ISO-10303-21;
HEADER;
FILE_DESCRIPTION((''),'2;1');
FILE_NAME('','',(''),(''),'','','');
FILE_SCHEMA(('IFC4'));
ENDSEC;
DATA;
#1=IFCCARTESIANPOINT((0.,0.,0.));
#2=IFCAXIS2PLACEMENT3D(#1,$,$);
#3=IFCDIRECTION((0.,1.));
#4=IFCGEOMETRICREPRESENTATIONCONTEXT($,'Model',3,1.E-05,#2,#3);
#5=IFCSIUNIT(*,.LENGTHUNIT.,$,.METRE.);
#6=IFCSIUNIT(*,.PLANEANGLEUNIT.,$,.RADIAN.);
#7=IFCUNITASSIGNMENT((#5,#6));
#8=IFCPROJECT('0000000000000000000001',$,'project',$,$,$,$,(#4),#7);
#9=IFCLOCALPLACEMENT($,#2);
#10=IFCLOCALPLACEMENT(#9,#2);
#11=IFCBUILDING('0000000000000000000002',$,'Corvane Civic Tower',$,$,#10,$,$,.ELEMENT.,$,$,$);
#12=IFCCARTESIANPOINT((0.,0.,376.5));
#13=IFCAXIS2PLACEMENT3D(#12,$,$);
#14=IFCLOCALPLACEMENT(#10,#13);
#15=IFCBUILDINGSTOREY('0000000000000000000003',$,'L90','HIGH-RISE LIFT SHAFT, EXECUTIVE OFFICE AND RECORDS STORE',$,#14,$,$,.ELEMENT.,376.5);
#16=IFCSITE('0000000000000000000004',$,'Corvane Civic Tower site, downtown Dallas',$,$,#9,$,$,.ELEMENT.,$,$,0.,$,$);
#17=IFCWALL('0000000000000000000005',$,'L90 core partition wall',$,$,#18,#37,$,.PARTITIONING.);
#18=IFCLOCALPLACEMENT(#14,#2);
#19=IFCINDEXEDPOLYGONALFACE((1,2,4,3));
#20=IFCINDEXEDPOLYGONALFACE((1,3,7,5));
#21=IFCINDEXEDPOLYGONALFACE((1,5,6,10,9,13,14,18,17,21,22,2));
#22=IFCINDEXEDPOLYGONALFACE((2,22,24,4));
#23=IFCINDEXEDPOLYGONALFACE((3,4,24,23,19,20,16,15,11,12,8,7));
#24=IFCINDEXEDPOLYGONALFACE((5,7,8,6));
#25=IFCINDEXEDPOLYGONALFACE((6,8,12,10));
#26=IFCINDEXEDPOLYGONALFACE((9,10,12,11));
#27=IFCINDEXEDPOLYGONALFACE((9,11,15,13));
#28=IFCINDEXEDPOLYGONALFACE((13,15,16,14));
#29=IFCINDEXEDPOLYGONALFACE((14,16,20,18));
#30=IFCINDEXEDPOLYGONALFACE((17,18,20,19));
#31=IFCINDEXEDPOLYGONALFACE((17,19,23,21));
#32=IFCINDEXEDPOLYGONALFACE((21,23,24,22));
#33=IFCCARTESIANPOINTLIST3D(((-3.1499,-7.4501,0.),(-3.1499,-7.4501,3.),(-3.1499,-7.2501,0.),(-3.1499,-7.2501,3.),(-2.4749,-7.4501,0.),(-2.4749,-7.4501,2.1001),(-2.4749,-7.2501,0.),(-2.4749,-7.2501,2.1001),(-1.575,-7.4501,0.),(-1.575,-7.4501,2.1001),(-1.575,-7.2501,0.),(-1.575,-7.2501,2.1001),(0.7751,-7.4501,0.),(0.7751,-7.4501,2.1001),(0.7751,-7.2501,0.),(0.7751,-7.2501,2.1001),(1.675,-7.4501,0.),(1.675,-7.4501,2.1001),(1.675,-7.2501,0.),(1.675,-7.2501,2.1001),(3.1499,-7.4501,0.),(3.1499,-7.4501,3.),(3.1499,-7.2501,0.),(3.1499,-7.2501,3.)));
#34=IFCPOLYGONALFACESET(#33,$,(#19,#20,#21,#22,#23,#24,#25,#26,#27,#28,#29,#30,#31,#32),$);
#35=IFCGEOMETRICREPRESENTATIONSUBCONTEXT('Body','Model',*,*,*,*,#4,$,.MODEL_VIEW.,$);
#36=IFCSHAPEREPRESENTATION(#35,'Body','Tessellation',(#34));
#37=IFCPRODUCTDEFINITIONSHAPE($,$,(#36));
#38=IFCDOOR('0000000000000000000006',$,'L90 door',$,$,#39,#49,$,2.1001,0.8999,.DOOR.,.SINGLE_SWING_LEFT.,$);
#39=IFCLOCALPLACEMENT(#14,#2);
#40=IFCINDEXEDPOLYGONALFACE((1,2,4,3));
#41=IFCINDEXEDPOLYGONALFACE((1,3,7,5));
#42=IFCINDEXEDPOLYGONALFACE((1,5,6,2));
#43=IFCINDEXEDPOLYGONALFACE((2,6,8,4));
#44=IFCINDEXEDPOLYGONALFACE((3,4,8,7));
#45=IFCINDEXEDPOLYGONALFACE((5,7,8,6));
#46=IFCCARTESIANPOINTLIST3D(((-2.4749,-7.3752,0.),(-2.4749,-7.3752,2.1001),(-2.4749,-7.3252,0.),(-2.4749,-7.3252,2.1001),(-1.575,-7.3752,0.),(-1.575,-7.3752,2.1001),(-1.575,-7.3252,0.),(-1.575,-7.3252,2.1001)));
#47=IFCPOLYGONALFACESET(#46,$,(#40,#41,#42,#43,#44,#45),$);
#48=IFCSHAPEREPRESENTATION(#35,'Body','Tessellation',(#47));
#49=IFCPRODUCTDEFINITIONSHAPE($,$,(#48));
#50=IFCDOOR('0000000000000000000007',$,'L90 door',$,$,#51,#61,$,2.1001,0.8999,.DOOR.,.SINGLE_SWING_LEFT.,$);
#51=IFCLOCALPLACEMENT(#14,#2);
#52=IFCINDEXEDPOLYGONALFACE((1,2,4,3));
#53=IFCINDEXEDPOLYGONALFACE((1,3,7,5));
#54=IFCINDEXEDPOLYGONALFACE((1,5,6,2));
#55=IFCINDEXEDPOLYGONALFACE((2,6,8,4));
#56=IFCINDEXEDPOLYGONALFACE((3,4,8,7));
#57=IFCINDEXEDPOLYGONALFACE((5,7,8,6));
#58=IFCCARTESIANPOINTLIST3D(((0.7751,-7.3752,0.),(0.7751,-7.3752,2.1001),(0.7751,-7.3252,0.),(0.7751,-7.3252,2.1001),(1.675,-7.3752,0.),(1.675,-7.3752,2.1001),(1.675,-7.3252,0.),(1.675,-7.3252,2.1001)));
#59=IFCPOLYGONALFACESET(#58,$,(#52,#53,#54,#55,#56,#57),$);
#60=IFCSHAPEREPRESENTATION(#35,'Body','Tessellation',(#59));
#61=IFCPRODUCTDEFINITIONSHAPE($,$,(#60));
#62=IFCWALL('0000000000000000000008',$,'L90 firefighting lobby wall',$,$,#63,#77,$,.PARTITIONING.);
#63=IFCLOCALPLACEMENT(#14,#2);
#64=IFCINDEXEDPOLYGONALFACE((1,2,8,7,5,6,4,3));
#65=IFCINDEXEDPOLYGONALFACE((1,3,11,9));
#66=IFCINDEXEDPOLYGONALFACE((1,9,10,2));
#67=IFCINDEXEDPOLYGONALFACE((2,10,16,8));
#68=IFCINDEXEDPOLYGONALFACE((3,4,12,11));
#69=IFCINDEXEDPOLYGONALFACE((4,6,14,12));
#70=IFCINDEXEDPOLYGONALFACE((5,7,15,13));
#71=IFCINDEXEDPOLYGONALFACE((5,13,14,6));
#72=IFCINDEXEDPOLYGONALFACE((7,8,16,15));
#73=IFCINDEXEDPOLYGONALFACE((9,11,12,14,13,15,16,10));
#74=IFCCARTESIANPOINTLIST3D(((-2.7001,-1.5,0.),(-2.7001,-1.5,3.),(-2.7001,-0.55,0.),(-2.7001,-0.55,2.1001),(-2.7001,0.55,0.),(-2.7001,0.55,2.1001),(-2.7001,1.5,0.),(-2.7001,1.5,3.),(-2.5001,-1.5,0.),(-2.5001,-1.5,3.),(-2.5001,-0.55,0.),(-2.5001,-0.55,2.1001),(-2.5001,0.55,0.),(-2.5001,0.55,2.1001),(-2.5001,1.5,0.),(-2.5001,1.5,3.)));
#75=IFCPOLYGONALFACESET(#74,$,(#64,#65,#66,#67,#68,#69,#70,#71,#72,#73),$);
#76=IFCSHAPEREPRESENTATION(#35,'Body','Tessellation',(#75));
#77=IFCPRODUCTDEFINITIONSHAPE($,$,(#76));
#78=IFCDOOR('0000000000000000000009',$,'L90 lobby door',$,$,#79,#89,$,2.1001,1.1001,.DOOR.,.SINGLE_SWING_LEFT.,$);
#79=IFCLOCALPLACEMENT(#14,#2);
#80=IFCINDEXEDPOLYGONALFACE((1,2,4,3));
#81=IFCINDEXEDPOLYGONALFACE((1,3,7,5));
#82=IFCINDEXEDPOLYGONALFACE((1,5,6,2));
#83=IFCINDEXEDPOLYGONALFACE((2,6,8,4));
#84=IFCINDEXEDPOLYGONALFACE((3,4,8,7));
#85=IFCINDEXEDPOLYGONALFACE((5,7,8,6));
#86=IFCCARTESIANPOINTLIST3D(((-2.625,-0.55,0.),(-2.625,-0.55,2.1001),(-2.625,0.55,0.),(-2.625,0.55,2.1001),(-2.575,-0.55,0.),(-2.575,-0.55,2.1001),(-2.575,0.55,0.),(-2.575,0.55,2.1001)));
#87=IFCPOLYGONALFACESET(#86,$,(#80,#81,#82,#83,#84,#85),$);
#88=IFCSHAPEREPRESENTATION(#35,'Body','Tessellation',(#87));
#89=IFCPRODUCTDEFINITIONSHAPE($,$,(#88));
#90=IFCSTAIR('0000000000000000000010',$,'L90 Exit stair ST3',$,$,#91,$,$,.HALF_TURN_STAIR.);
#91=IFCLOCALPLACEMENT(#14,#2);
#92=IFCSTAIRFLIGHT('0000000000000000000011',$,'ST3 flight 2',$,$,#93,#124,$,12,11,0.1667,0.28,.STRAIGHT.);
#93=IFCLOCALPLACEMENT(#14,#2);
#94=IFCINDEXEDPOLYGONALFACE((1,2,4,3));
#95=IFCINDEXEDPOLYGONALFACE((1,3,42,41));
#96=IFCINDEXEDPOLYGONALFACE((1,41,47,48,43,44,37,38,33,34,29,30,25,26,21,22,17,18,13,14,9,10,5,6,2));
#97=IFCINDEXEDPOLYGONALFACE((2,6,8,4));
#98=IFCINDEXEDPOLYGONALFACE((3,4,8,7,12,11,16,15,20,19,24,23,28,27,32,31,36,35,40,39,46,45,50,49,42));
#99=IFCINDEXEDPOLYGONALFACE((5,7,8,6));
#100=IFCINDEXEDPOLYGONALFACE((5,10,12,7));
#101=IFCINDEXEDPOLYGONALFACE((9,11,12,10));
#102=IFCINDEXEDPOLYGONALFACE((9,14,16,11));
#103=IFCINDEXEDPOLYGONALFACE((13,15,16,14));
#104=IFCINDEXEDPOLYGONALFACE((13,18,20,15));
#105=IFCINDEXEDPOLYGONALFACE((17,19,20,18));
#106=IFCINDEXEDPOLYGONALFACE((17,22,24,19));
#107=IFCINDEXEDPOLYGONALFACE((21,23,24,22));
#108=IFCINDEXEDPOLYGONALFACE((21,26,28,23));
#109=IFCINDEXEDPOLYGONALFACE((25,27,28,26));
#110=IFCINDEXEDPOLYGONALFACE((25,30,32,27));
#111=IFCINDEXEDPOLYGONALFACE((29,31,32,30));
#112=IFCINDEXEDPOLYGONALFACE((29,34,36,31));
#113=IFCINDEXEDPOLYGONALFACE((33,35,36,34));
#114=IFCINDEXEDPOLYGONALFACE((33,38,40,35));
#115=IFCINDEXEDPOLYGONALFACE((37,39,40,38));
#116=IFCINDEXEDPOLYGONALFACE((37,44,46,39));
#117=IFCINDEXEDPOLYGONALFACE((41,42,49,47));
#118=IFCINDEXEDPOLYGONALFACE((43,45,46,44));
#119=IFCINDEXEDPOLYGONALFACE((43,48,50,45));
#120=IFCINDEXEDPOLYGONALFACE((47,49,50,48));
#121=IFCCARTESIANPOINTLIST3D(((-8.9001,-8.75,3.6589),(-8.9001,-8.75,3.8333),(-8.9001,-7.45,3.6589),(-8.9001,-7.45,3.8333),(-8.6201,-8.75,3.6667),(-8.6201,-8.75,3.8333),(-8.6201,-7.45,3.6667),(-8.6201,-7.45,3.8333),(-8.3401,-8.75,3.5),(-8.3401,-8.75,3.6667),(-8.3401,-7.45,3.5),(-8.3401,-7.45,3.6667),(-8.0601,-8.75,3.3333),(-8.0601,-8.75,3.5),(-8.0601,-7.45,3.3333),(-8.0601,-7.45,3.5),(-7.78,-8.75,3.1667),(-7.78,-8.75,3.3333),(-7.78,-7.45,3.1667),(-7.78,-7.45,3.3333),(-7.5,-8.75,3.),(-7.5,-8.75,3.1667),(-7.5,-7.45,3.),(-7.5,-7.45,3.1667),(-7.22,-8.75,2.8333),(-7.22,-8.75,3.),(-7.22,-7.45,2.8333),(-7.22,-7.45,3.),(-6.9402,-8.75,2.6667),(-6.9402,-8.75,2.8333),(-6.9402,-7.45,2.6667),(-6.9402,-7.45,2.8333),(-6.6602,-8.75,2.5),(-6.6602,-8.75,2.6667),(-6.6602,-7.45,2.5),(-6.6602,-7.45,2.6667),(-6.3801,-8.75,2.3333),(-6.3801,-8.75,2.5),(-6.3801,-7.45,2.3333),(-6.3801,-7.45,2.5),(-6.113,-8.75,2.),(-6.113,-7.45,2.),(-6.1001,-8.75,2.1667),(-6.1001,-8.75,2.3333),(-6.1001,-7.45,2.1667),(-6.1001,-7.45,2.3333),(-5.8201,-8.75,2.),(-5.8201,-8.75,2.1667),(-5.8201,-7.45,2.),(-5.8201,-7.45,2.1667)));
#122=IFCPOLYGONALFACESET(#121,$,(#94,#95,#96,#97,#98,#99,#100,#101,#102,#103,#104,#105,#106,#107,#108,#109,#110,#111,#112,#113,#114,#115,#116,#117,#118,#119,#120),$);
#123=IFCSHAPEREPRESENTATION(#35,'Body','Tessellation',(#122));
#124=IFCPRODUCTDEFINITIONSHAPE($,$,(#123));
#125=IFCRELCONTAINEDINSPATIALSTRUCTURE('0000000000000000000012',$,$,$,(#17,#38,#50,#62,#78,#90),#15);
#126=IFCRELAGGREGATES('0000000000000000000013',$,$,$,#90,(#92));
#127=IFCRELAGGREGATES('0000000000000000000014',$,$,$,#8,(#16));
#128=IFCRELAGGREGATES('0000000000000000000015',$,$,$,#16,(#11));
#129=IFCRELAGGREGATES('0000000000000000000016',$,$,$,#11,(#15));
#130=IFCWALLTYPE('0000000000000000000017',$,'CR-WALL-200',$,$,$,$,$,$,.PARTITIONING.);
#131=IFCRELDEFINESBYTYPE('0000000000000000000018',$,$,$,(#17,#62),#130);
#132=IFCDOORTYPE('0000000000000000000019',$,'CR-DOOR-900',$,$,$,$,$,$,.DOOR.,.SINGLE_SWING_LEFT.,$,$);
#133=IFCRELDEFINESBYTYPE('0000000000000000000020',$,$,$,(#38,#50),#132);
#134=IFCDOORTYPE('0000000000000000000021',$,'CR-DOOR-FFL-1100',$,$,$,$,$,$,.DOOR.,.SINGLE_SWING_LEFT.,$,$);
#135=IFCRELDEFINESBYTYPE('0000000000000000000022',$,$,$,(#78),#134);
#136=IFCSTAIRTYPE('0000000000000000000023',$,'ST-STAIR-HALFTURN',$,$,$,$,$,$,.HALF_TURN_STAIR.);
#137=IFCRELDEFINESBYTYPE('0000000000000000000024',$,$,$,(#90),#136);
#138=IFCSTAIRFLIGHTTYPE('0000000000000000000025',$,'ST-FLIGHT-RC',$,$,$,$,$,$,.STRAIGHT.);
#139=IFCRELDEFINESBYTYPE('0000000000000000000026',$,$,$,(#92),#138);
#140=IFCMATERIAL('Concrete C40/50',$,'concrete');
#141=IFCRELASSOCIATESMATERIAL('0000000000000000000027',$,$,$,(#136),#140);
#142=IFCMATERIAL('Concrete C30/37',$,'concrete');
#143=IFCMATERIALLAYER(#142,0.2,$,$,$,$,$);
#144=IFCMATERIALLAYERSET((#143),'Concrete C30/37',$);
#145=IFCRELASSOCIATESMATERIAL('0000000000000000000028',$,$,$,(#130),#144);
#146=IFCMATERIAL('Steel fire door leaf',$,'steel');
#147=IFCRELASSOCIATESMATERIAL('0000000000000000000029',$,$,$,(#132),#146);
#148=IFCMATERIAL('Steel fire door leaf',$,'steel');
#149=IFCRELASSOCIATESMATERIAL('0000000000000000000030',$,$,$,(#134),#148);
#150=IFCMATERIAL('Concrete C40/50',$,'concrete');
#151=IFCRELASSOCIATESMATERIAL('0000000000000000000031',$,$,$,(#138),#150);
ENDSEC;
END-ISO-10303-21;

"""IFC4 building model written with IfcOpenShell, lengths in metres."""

from ifc_helpers import new_model, si_unit, direction, frame, frame_2d, origin, place, context, subcontext, project, spatial, polyline, rectangle, outline, extrude, material, layer, layer_set, type_object, element, fill, aggregate, save


model = new_model("IFC4")

# Units and contexts
model_context = context("Model", 3, precision=1e-05, world=origin(), true_north=direction((0.0, 1.0)))
body_context = subcontext(model_context, "Body", "Model", "MODEL_VIEW")
ifc_project = project(units=[si_unit("LENGTHUNIT", "METRE"), si_unit("PLANEANGLEUNIT", "RADIAN")], contexts=[model_context])

# Site, building, storey
site_placement = place(None, origin())
site = spatial("IfcSite", under=ifc_project, at=site_placement, Name="Corvane Civic Tower site, downtown Dallas", CompositionType="ELEMENT", RefElevation=0.0)
building_placement = place(site_placement, origin())
building = spatial("IfcBuilding", under=site, at=building_placement, Name="Corvane Civic Tower", CompositionType="ELEMENT")
storey_placement = place(building_placement, frame((0.0, 0.0, 376.5)))
storey = spatial("IfcBuildingStorey", under=building, at=storey_placement, Name="L90", Description="HIGH-RISE LIFT SHAFT, EXECUTIVE OFFICE AND RECORDS STORE", CompositionType="ELEMENT", Elevation=376.5)

# Shared definitions
ifc_material_1 = material(Name="Concrete C40/50", Category="concrete")
stair_type = type_object("IfcStairType", Name="ST-STAIR-HALFTURN", PredefinedType="HALF_TURN_STAIR", material=ifc_material_1)

# Wall, openings, doors
ifc_material_2 = material(Name="Concrete C30/37", Category="concrete")
ifc_layer_1 = layer(ifc_material_2, 0.2)
ifc_layer_set_1 = layer_set([ifc_layer_1], Name="Concrete C30/37")
wall_type = type_object("IfcWallType", Name="CR-WALL-200", PredefinedType="PARTITIONING", material=ifc_layer_set_1)
wall_1_placement = place(storey_placement, frame((-3.1499, -7.3501, 0.0), z_axis=(0.0, 0.0, 1.0), x_axis=(1.0, 0.0, 0.0)))
wall_1 = element("IfcWall", 1, at=wall_1_placement, inside=storey, type_object=wall_type, Name="L90 core partition wall", PredefinedType="PARTITIONING", context=body_context, shape_type="SweptSolid", body=[
    extrude(rectangle(XDim=6.2998, YDim=0.2, at=frame_2d((3.1499, 0.0))), origin(), (0.0, 0.0, 1.0), 3.0),
])
opening_1_placement = place(wall_1_placement, frame((0.675, 0.0, 0.0)))
opening_1 = element("IfcOpeningElement", 2, at=opening_1_placement, cuts=wall_1, PredefinedType="OPENING", context=body_context, shape_type="SweptSolid", body=[
    extrude(rectangle(XDim=0.8999, YDim=2.1001, at=frame_2d((0.45, 1.05))), frame((0.0, 0.1099, 0.0), z_axis=(0.0, -1.0, 0.0), x_axis=(1.0, 0.0, 0.0)), (0.0, 0.0, 1.0), 0.22),
])
opening_2_placement = place(wall_1_placement, frame((3.925, 0.0, 0.0)))
opening_2 = element("IfcOpeningElement", 3, at=opening_2_placement, cuts=wall_1, PredefinedType="OPENING", context=body_context, shape_type="SweptSolid", body=[
    extrude(rectangle(XDim=0.8999, YDim=2.1001, at=frame_2d((0.45, 1.05))), frame((0.0, 0.1099, 0.0), z_axis=(0.0, -1.0, 0.0), x_axis=(1.0, 0.0, 0.0)), (0.0, 0.0, 1.0), 0.22),
])
ifc_material_3 = material(Name="Steel fire door leaf", Category="steel")
door_type_1 = type_object("IfcDoorType", Name="CR-DOOR-900", OperationType="SINGLE_SWING_LEFT", PredefinedType="DOOR", material=ifc_material_3)
door_1_placement = place(opening_1_placement, origin())
door_1 = element("IfcDoor", 4, at=door_1_placement, inside=storey, type_object=door_type_1, Name="L90 door", OperationType="SINGLE_SWING_LEFT", OverallHeight=2.1001, OverallWidth=0.8999, PredefinedType="DOOR", context=body_context, shape_type="SweptSolid", body=[
    extrude(rectangle(XDim=0.8999, YDim=2.1001, at=frame_2d((0.45, 1.05))), frame((0.0, 0.0249, 0.0), z_axis=(0.0, -1.0, 0.0), x_axis=(1.0, 0.0, 0.0)), (0.0, 0.0, 1.0), 0.05),
])
fill(opening_1, door_1)
door_2_placement = place(opening_2_placement, origin())
door_2 = element("IfcDoor", 5, at=door_2_placement, inside=storey, type_object=door_type_1, Name="L90 door", OperationType="SINGLE_SWING_LEFT", OverallHeight=2.1001, OverallWidth=0.8999, PredefinedType="DOOR", context=body_context, shape_type="SweptSolid", body=[
    extrude(rectangle(XDim=0.8999, YDim=2.1001, at=frame_2d((0.45, 1.05))), frame((0.0, 0.0249, 0.0), z_axis=(0.0, -1.0, 0.0), x_axis=(1.0, 0.0, 0.0)), (0.0, 0.0, 1.0), 0.05),
])
fill(opening_2, door_2)

# Wall, opening, door
wall_2_placement = place(storey_placement, frame((-2.6001, -1.5, 0.0), z_axis=(0.0, 0.0, 1.0), x_axis=(0.0, 1.0, 0.0)))
wall_2 = element("IfcWall", 6, at=wall_2_placement, inside=storey, type_object=wall_type, Name="L90 firefighting lobby wall", PredefinedType="PARTITIONING", context=body_context, shape_type="SweptSolid", body=[
    extrude(rectangle(XDim=3.0, YDim=0.2, at=frame_2d((1.5, 0.0))), origin(), (0.0, 0.0, 1.0), 3.0),
])
opening_3_placement = place(wall_2_placement, frame((0.95, 0.0, 0.0)))
opening_3 = element("IfcOpeningElement", 7, at=opening_3_placement, cuts=wall_2, PredefinedType="OPENING", context=body_context, shape_type="SweptSolid", body=[
    extrude(rectangle(XDim=1.1001, YDim=2.1001, at=frame_2d((0.55, 1.05))), frame((0.0, 0.1099, 0.0), z_axis=(0.0, -1.0, 0.0), x_axis=(1.0, 0.0, 0.0)), (0.0, 0.0, 1.0), 0.22),
])
ifc_material_4 = material(Name="Steel fire door leaf", Category="steel")
door_type_2 = type_object("IfcDoorType", Name="CR-DOOR-FFL-1100", OperationType="SINGLE_SWING_LEFT", PredefinedType="DOOR", material=ifc_material_4)
door_3_placement = place(opening_3_placement, origin())
door_3 = element("IfcDoor", 8, at=door_3_placement, inside=storey, type_object=door_type_2, Name="L90 lobby door", OperationType="SINGLE_SWING_LEFT", OverallHeight=2.1001, OverallWidth=1.1001, PredefinedType="DOOR", context=body_context, shape_type="SweptSolid", body=[
    extrude(rectangle(XDim=1.1001, YDim=2.1001, at=frame_2d((0.55, 1.05))), frame((0.0, 0.0249, 0.0), z_axis=(0.0, -1.0, 0.0), x_axis=(1.0, 0.0, 0.0)), (0.0, 0.0, 1.0), 0.05),
])
fill(opening_3, door_3)

# Stair, stair flight
stair_1_placement = place(storey_placement, origin())
stair_1 = element("IfcStair", 9, at=stair_1_placement, inside=storey, type_object=stair_type, Name="L90 Exit stair ST3", PredefinedType="HALF_TURN_STAIR")
ifc_material_5 = material(Name="Concrete C40/50", Category="concrete")
stair_flight_type = type_object("IfcStairFlightType", Name="ST-FLIGHT-RC", PredefinedType="STRAIGHT", material=ifc_material_5)
stair_flight_placement = place(storey_placement, frame((-5.8201, -8.1001, 2.0), z_axis=(0.0, 0.0, 1.0), x_axis=(-1.0, 0.0, 0.0)))
stair_flight = element("IfcStairFlight", 10, at=stair_flight_placement, type_object=stair_flight_type, Name="ST3 flight 2", NumberOfRisers=12, NumberOfTreads=11, PredefinedType="STRAIGHT", RiserHeight=0.1667, TreadLength=0.28, context=body_context, shape_type="SweptSolid", body=[
    extrude(outline(polyline([(0.0, 0.0), (0.0, 0.1667), (0.28, 0.1667), (0.28, 0.3333), (0.5601, 0.3333), (0.5601, 0.5), (0.8401, 0.5), (0.8401, 0.6667), (1.1201, 0.6667), (1.1201, 0.8333), (1.3999, 0.8333), (1.3999, 1.0), (1.6799, 1.0), (1.6799, 1.1667), (1.96, 1.1667), (1.96, 1.3333), (2.24, 1.3333), (2.24, 1.5), (2.52, 1.5), (2.52, 1.6667), (2.8, 1.6667), (2.8, 1.8333), (3.0801, 1.8333), (3.0801, 2.0), (3.0801, 1.6589), (0.293, 0.0), (0.0, 0.0)])), frame((0.0, 0.6499, 0.0), z_axis=(0.0, -1.0, 0.0), x_axis=(1.0, 0.0, 0.0)), (0.0, 0.0, 1.0), 1.3),
])
aggregate(stair_1, [stair_flight])

save(model, "model.ifc")
